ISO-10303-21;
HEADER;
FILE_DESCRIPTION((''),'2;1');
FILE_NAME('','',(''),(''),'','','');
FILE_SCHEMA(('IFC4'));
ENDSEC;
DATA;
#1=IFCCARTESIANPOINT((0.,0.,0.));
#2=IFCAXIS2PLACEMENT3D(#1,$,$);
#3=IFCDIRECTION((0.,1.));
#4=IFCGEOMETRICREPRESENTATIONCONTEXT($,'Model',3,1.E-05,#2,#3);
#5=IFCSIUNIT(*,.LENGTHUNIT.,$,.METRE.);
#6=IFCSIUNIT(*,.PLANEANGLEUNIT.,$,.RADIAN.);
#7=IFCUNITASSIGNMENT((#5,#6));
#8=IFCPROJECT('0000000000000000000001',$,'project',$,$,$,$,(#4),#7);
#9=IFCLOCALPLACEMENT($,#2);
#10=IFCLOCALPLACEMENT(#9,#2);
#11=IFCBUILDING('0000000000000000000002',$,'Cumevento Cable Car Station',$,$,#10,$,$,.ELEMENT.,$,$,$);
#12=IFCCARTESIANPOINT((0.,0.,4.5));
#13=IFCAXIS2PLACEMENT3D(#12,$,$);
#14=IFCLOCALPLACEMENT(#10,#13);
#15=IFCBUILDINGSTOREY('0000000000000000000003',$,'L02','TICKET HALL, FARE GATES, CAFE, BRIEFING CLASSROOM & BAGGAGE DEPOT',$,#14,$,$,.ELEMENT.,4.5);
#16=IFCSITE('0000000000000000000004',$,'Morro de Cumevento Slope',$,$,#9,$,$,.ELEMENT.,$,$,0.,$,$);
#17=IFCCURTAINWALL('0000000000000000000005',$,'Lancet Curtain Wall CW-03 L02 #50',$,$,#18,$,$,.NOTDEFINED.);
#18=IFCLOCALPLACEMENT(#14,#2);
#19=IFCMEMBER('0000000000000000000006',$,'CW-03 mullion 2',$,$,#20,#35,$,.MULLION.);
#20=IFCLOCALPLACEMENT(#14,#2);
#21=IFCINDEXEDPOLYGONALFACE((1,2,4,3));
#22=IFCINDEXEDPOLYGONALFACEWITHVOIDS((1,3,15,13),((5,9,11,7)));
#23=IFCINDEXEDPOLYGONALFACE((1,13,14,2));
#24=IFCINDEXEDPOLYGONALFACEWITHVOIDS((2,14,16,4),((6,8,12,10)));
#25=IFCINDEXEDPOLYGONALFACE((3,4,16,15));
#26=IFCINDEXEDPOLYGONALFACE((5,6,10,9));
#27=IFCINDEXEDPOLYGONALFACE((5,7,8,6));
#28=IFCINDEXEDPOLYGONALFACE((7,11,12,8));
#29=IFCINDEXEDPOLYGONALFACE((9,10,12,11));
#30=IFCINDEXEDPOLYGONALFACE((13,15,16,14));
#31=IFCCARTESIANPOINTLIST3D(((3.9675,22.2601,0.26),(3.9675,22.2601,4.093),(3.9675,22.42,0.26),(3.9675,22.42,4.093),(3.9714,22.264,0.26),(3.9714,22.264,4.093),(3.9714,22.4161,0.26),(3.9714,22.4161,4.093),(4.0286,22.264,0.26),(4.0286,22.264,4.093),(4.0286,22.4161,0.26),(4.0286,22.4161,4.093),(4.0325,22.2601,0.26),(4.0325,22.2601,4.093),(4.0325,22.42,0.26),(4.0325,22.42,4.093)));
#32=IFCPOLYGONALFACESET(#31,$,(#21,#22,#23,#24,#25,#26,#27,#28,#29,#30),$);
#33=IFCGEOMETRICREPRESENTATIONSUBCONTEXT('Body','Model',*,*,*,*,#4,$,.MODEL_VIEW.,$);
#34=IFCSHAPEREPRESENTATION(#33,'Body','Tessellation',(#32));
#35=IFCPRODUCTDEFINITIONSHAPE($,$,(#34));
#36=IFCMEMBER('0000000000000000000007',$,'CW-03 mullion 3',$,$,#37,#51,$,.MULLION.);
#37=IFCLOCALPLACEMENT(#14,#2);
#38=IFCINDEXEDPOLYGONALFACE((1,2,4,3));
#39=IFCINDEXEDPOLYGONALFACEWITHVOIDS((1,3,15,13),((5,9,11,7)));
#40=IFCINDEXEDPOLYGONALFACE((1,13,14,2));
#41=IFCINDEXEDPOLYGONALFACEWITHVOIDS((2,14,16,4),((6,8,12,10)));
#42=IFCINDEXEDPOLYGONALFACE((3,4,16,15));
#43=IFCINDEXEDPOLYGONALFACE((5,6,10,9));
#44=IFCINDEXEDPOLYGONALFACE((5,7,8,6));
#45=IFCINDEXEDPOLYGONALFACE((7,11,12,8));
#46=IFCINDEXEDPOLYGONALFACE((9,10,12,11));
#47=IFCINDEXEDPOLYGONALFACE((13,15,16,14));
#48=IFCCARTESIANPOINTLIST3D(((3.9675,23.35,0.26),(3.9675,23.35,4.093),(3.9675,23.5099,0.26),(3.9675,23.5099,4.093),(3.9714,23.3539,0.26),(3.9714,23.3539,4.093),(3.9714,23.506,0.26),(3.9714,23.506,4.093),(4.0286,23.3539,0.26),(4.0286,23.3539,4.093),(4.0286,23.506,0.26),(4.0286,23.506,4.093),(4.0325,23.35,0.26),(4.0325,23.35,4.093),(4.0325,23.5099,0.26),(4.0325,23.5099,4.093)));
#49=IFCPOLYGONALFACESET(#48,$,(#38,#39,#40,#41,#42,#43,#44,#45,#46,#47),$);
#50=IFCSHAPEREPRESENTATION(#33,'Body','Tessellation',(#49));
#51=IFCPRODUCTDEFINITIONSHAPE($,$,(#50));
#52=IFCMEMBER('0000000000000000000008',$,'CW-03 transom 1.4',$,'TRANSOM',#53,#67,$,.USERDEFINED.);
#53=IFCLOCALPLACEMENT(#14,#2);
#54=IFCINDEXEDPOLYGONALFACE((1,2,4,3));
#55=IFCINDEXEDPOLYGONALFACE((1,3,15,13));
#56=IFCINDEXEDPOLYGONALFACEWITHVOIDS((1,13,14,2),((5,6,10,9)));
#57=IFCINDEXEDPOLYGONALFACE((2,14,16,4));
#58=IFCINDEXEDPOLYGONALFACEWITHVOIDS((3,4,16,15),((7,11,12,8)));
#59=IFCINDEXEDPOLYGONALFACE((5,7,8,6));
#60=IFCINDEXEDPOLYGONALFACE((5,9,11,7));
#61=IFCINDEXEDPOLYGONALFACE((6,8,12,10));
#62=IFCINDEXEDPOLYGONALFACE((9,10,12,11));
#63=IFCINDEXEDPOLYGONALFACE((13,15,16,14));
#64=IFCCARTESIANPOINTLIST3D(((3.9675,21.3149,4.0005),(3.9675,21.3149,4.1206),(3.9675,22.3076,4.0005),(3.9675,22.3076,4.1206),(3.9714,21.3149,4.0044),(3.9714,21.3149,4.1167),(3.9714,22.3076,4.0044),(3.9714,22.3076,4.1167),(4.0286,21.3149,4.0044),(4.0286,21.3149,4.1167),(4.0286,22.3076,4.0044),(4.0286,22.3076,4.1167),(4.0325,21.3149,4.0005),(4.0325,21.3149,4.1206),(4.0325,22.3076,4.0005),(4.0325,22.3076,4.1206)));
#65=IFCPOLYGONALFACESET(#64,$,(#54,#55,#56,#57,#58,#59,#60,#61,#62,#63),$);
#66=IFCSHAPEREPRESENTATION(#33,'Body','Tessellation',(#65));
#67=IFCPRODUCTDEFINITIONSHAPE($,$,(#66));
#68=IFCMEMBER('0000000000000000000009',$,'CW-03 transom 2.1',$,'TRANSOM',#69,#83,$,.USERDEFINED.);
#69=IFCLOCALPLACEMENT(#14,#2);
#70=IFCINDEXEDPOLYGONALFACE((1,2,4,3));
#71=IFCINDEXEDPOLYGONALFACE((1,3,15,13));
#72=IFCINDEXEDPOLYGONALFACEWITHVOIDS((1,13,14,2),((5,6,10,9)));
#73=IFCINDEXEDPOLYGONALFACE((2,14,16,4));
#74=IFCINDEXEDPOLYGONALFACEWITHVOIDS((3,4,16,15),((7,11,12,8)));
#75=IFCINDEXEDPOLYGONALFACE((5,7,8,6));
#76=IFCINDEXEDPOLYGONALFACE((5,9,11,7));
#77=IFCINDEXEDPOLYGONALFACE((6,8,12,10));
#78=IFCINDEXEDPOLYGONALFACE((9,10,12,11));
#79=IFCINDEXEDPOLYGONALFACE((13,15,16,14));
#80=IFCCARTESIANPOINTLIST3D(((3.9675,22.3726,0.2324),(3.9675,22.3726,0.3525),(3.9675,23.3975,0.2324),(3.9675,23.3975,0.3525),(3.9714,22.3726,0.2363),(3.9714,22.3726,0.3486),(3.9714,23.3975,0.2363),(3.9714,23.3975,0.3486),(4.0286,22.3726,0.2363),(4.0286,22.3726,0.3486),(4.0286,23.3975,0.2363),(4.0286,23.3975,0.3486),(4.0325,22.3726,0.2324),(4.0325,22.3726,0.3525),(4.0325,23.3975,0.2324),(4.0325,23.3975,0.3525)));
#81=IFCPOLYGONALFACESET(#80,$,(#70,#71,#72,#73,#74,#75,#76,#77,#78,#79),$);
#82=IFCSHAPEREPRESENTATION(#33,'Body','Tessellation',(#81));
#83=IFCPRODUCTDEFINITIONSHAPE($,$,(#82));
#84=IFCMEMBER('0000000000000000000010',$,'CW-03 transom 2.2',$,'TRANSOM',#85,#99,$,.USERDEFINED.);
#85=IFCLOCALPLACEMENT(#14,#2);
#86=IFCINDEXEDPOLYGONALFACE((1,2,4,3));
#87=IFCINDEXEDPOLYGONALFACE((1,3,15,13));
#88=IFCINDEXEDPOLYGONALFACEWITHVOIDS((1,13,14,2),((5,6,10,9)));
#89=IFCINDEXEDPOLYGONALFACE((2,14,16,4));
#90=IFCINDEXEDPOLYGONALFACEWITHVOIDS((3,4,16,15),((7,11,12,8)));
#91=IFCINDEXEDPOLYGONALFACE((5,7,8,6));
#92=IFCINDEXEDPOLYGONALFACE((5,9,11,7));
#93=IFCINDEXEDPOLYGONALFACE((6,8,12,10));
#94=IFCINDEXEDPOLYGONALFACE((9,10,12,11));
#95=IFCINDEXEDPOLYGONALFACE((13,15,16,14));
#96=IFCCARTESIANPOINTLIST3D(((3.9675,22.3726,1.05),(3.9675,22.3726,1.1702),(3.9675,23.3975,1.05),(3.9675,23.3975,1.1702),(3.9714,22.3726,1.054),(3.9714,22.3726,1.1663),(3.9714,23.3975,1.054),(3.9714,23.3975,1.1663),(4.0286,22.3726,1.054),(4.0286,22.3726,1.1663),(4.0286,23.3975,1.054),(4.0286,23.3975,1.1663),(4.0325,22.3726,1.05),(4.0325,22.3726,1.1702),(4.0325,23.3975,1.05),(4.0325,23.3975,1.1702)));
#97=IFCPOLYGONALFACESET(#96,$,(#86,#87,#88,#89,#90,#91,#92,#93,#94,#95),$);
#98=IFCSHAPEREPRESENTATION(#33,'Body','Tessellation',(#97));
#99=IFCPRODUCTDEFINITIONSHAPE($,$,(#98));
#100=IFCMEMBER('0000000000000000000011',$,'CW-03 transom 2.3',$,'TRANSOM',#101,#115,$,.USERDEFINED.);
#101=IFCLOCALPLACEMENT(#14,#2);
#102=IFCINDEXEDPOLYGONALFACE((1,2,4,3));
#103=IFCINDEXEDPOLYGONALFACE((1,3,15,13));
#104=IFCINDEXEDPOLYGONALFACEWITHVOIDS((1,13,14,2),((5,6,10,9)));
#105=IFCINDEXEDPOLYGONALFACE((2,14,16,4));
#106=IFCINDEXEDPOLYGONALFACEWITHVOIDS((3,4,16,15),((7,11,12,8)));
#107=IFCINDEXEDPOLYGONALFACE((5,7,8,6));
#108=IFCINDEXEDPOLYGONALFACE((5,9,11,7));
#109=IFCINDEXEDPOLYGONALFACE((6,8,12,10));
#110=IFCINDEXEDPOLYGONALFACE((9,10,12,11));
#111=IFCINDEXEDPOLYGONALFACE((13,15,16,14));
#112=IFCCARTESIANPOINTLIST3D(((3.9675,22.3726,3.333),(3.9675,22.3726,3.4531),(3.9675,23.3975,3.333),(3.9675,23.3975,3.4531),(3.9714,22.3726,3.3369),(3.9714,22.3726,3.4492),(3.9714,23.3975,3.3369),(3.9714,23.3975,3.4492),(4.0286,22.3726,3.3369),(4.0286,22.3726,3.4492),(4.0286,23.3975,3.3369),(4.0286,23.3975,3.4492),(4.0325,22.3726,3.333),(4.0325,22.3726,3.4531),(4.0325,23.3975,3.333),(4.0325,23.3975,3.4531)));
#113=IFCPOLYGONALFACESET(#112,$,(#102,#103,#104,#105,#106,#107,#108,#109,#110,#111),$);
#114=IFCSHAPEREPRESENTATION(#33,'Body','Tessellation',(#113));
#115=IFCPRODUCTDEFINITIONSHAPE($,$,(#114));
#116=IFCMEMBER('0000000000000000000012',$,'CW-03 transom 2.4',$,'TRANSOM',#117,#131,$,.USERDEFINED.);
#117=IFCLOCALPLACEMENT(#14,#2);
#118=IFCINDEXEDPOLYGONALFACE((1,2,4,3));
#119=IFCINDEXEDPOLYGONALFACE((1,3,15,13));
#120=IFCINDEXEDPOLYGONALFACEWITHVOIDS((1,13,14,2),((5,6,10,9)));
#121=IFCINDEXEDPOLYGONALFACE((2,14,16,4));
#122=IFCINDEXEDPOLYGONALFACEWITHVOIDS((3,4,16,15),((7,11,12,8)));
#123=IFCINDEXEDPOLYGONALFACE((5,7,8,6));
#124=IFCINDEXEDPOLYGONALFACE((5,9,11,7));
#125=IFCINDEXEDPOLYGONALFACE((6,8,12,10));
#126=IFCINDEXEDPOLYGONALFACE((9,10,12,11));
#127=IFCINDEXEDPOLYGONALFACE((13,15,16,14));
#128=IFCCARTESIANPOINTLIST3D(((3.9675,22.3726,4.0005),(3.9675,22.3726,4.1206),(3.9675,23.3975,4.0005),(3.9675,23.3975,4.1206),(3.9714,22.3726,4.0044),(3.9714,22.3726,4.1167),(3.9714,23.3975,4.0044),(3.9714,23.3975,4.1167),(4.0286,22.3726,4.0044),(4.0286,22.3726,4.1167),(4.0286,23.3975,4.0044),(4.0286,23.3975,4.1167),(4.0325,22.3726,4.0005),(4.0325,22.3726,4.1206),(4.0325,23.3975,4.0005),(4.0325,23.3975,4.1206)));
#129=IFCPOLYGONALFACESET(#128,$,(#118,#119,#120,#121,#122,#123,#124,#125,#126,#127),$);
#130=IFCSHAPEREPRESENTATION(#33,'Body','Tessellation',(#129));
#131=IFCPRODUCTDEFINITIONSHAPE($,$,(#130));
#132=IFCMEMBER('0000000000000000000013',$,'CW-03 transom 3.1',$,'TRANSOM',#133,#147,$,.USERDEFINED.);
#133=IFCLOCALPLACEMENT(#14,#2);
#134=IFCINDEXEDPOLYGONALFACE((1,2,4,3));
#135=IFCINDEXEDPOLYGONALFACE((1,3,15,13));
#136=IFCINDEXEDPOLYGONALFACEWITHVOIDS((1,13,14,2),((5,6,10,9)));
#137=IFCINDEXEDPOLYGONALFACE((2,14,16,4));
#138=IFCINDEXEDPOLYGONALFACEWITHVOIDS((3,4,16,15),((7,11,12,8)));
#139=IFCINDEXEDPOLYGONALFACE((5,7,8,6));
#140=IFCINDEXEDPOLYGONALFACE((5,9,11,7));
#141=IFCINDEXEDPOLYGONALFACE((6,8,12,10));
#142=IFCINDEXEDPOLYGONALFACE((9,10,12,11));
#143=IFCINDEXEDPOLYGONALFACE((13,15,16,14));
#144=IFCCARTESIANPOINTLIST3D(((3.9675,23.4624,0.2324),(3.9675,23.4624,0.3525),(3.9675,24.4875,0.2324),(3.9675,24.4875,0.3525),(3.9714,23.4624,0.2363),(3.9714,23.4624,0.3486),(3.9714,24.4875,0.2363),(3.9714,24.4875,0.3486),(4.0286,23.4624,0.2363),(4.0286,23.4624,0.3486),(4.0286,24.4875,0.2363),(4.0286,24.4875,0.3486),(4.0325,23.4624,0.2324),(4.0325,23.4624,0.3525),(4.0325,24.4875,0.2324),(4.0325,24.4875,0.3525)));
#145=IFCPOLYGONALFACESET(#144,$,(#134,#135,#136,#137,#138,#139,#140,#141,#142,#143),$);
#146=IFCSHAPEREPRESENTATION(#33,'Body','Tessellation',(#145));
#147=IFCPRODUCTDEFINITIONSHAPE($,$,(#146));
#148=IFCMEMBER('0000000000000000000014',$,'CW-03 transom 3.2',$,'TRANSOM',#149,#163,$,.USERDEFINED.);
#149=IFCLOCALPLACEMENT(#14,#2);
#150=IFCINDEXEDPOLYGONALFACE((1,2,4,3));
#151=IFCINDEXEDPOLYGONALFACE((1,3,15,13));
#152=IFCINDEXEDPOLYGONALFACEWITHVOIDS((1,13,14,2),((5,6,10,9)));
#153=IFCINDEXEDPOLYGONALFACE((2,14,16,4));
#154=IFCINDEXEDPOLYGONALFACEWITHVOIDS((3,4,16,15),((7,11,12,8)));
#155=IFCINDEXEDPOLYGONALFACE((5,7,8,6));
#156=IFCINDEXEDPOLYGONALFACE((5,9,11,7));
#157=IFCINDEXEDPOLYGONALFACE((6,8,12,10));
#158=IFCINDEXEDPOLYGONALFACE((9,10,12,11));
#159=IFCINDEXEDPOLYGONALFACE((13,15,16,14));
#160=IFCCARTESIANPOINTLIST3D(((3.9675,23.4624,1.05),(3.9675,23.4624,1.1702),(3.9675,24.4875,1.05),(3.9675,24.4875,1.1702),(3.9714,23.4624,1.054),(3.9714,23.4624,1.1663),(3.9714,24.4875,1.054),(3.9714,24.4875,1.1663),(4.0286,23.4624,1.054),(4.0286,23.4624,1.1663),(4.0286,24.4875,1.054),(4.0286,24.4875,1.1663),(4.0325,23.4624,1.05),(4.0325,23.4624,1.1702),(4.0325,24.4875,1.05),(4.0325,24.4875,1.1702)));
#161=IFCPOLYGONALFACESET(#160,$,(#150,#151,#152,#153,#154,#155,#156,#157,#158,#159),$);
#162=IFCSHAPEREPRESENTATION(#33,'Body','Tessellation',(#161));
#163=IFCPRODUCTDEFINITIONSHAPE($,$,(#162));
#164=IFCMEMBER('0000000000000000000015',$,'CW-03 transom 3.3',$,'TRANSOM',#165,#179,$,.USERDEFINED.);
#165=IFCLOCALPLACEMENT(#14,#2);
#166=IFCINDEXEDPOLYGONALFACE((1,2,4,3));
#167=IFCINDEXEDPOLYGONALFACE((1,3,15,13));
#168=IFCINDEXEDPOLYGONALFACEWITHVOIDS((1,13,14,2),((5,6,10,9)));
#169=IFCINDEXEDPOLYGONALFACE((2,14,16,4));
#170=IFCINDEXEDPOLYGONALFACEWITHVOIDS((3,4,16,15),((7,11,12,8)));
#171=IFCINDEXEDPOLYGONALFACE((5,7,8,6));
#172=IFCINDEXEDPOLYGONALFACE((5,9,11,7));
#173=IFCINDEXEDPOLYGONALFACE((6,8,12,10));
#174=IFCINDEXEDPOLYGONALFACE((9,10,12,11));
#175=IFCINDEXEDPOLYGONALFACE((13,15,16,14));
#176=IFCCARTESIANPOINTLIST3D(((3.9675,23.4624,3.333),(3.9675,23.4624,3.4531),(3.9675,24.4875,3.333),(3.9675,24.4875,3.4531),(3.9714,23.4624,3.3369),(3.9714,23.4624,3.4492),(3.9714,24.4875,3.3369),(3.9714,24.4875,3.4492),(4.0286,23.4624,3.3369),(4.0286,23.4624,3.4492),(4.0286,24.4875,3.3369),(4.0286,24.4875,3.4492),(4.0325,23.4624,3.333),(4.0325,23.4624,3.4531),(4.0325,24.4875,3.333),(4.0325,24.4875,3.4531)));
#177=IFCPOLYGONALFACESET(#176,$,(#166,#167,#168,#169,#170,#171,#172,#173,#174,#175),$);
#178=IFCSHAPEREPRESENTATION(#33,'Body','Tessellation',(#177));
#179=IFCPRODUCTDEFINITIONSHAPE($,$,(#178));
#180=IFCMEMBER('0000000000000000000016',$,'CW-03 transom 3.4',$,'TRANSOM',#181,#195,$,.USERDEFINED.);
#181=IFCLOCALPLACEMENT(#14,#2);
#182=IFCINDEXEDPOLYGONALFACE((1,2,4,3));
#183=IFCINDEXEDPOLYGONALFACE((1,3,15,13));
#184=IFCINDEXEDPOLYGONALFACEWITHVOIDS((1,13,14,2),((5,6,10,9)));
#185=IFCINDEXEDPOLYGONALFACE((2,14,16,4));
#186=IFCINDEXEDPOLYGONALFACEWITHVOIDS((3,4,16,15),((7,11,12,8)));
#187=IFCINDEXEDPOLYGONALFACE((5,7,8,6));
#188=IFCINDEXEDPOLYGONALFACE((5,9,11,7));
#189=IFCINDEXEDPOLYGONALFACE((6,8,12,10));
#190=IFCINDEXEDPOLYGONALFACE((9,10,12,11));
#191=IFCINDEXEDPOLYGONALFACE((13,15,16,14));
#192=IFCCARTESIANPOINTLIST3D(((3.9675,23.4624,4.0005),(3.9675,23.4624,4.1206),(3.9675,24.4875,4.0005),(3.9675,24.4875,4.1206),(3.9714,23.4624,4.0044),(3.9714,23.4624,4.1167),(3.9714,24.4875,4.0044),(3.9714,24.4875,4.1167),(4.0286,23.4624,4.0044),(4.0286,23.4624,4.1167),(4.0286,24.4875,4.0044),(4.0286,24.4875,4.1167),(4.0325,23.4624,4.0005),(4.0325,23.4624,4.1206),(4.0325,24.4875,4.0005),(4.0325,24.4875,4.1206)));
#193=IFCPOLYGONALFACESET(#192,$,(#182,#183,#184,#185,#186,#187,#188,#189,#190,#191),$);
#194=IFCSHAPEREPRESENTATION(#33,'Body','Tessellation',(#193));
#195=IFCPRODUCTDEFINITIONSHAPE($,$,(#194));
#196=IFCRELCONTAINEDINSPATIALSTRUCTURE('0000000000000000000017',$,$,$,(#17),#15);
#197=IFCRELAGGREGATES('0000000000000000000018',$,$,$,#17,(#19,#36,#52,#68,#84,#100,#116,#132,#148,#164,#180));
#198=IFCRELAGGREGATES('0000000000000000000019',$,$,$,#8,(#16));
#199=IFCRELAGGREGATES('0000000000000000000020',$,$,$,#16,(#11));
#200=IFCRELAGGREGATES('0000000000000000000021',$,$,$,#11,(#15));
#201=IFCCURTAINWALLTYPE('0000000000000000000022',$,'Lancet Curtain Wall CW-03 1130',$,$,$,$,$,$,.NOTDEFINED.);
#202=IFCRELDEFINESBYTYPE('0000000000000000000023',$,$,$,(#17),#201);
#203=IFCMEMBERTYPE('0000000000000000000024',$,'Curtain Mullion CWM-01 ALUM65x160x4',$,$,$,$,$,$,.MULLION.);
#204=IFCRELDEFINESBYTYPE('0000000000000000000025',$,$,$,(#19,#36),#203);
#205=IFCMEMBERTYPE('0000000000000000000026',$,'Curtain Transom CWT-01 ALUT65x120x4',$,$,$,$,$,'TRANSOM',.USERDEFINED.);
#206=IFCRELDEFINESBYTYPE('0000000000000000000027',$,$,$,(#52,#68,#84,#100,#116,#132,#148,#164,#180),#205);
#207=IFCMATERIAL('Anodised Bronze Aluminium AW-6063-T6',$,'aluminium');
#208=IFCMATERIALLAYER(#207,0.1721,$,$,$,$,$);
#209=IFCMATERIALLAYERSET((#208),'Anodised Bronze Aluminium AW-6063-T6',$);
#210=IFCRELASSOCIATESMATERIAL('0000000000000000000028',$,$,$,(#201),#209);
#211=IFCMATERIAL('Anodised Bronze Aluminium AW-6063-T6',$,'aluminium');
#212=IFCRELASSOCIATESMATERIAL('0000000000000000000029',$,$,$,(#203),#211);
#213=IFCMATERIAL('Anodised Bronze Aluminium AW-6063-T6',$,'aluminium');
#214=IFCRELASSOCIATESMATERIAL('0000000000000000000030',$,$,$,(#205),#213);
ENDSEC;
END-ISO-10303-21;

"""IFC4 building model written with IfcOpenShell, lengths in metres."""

from ifc_helpers import new_model, si_unit, direction, frame, origin, origin_2d, place, context, subcontext, project, spatial, hollow_rectangle, extrude, material, layer, layer_set, material_profile, profile_set, type_object, element, aggregate, save


model = new_model("IFC4")

# Units and contexts
model_context = context("Model", 3, precision=1e-05, world=origin(), true_north=direction((0.0, 1.0)))
body_context = subcontext(model_context, "Body", "Model", "MODEL_VIEW")
ifc_project = project(units=[si_unit("LENGTHUNIT", "METRE"), si_unit("PLANEANGLEUNIT", "RADIAN")], contexts=[model_context])

# Site, building, storey
site_placement = place(None, origin())
site = spatial("IfcSite", under=ifc_project, at=site_placement, Name="Morro de Cumevento Slope", CompositionType="ELEMENT", RefElevation=0.0)
building_placement = place(site_placement, origin())
building = spatial("IfcBuilding", under=site, at=building_placement, Name="Cumevento Cable Car Station", CompositionType="ELEMENT")
storey_placement = place(building_placement, frame((0.0, 0.0, 4.5)))
storey = spatial("IfcBuildingStorey", under=building, at=storey_placement, Name="L02", Description="TICKET HALL, FARE GATES, CAFE, BRIEFING CLASSROOM & BAGGAGE DEPOT", CompositionType="ELEMENT", Elevation=4.5)

# Curtain wall, members
ifc_material_1 = material(Name="Anodised Bronze Aluminium AW-6063-T6", Category="aluminium")
ifc_layer_1 = layer(ifc_material_1, 0.1721)
ifc_layer_set_1 = layer_set([ifc_layer_1], Name="Anodised Bronze Aluminium AW-6063-T6")
curtain_wall_type = type_object("IfcCurtainWallType", Name="Lancet Curtain Wall CW-03 1130", PredefinedType="NOTDEFINED", material=ifc_layer_set_1)
curtain_wall_placement = place(storey_placement, origin())
curtain_wall = element("IfcCurtainWall", 1, at=curtain_wall_placement, inside=storey, type_object=curtain_wall_type, Name="Lancet Curtain Wall CW-03 L02 #50", PredefinedType="NOTDEFINED")
ifc_material_2 = material(Name="Anodised Bronze Aluminium AW-6063-T6", Category="aluminium")
ifc_material_profile_1 = material_profile(ifc_material_2, hollow_rectangle(XDim=0.0649, YDim=0.1599, WallThickness=0.0039, at=origin_2d()), Name="ALUM65x160x4")
ifc_profile_set_1 = profile_set([ifc_material_profile_1], Name="Anodised Bronze Aluminium AW-6063-T6")
member_type_1 = type_object("IfcMemberType", Name="Curtain Mullion CWM-01 ALUM65x160x4", PredefinedType="MULLION", material=ifc_profile_set_1)
member_1_placement = place(storey_placement, frame((4.0, 22.3401, 0.26), z_axis=(0.0, 0.0, 1.0), x_axis=(-1.0, 0.0, 0.0)))
member_1 = element("IfcMember", 2, at=member_1_placement, type_object=member_type_1, Name="CW-03 mullion 2", PredefinedType="MULLION", context=body_context, shape_type="SweptSolid", body=[
    extrude(hollow_rectangle(XDim=0.0649, YDim=0.1599, WallThickness=0.0039, at=origin_2d()), origin(), (0.0, 0.0, 1.0), 3.833),
])
member_2_placement = place(storey_placement, frame((4.0, 23.4299, 0.26), z_axis=(0.0, 0.0, 1.0), x_axis=(-1.0, 0.0, 0.0)))
member_2 = element("IfcMember", 3, at=member_2_placement, type_object=member_type_1, Name="CW-03 mullion 3", PredefinedType="MULLION", context=body_context, shape_type="SweptSolid", body=[
    extrude(hollow_rectangle(XDim=0.0649, YDim=0.1599, WallThickness=0.0039, at=origin_2d()), origin(), (0.0, 0.0, 1.0), 3.833),
])
ifc_material_3 = material(Name="Anodised Bronze Aluminium AW-6063-T6", Category="aluminium")
ifc_material_profile_2 = material_profile(ifc_material_3, hollow_rectangle(XDim=0.0649, YDim=0.1201, WallThickness=0.0039, at=origin_2d()), Name="ALUT65x120x4")
ifc_profile_set_2 = profile_set([ifc_material_profile_2], Name="Anodised Bronze Aluminium AW-6063-T6")
member_type_2 = type_object("IfcMemberType", Name="Curtain Transom CWT-01 ALUT65x120x4", ElementType="TRANSOM", PredefinedType="USERDEFINED", material=ifc_profile_set_2)
member_3_placement = place(storey_placement, frame((4.0, 21.3149, 4.0605), z_axis=(0.0, 1.0, 0.0), x_axis=(-1.0, 0.0, 0.0)))
member_3 = element("IfcMember", 4, at=member_3_placement, type_object=member_type_2, Name="CW-03 transom 1.4", ObjectType="TRANSOM", PredefinedType="USERDEFINED", context=body_context, shape_type="SweptSolid", body=[
    extrude(hollow_rectangle(XDim=0.0649, YDim=0.1201, WallThickness=0.0039, at=origin_2d()), origin(), (0.0, 0.0, 1.0), 0.9927),
])
member_4_placement = place(storey_placement, frame((4.0, 22.3726, 0.2925), z_axis=(0.0, 1.0, 0.0), x_axis=(-1.0, 0.0, 0.0)))
member_4 = element("IfcMember", 5, at=member_4_placement, type_object=member_type_2, Name="CW-03 transom 2.1", ObjectType="TRANSOM", PredefinedType="USERDEFINED", context=body_context, shape_type="SweptSolid", body=[
    extrude(hollow_rectangle(XDim=0.0649, YDim=0.1201, WallThickness=0.0039, at=origin_2d()), origin(), (0.0, 0.0, 1.0), 1.0249),
])
member_5_placement = place(storey_placement, frame((4.0, 22.3726, 1.1101), z_axis=(0.0, 1.0, 0.0), x_axis=(-1.0, 0.0, 0.0)))
member_5 = element("IfcMember", 6, at=member_5_placement, type_object=member_type_2, Name="CW-03 transom 2.2", ObjectType="TRANSOM", PredefinedType="USERDEFINED", context=body_context, shape_type="SweptSolid", body=[
    extrude(hollow_rectangle(XDim=0.0649, YDim=0.1201, WallThickness=0.0039, at=origin_2d()), origin(), (0.0, 0.0, 1.0), 1.0249),
])
member_6_placement = place(storey_placement, frame((4.0, 22.3726, 3.3931), z_axis=(0.0, 1.0, 0.0), x_axis=(-1.0, 0.0, 0.0)))
member_6 = element("IfcMember", 7, at=member_6_placement, type_object=member_type_2, Name="CW-03 transom 2.3", ObjectType="TRANSOM", PredefinedType="USERDEFINED", context=body_context, shape_type="SweptSolid", body=[
    extrude(hollow_rectangle(XDim=0.0649, YDim=0.1201, WallThickness=0.0039, at=origin_2d()), origin(), (0.0, 0.0, 1.0), 1.0249),
])
member_7_placement = place(storey_placement, frame((4.0, 22.3726, 4.0605), z_axis=(0.0, 1.0, 0.0), x_axis=(-1.0, 0.0, 0.0)))
member_7 = element("IfcMember", 8, at=member_7_placement, type_object=member_type_2, Name="CW-03 transom 2.4", ObjectType="TRANSOM", PredefinedType="USERDEFINED", context=body_context, shape_type="SweptSolid", body=[
    extrude(hollow_rectangle(XDim=0.0649, YDim=0.1201, WallThickness=0.0039, at=origin_2d()), origin(), (0.0, 0.0, 1.0), 1.0249),
])
member_8_placement = place(storey_placement, frame((4.0, 23.4624, 0.2925), z_axis=(0.0, 1.0, 0.0), x_axis=(-1.0, 0.0, 0.0)))
member_8 = element("IfcMember", 9, at=member_8_placement, type_object=member_type_2, Name="CW-03 transom 3.1", ObjectType="TRANSOM", PredefinedType="USERDEFINED", context=body_context, shape_type="SweptSolid", body=[
    extrude(hollow_rectangle(XDim=0.0649, YDim=0.1201, WallThickness=0.0039, at=origin_2d()), origin(), (0.0, 0.0, 1.0), 1.0251),
])
member_9_placement = place(storey_placement, frame((4.0, 23.4624, 1.1101), z_axis=(0.0, 1.0, 0.0), x_axis=(-1.0, 0.0, 0.0)))
member_9 = element("IfcMember", 10, at=member_9_placement, type_object=member_type_2, Name="CW-03 transom 3.2", ObjectType="TRANSOM", PredefinedType="USERDEFINED", context=body_context, shape_type="SweptSolid", body=[
    extrude(hollow_rectangle(XDim=0.0649, YDim=0.1201, WallThickness=0.0039, at=origin_2d()), origin(), (0.0, 0.0, 1.0), 1.0251),
])
member_10_placement = place(storey_placement, frame((4.0, 23.4624, 3.3931), z_axis=(0.0, 1.0, 0.0), x_axis=(-1.0, 0.0, 0.0)))
member_10 = element("IfcMember", 11, at=member_10_placement, type_object=member_type_2, Name="CW-03 transom 3.3", ObjectType="TRANSOM", PredefinedType="USERDEFINED", context=body_context, shape_type="SweptSolid", body=[
    extrude(hollow_rectangle(XDim=0.0649, YDim=0.1201, WallThickness=0.0039, at=origin_2d()), origin(), (0.0, 0.0, 1.0), 1.0251),
])
member_11_placement = place(storey_placement, frame((4.0, 23.4624, 4.0605), z_axis=(0.0, 1.0, 0.0), x_axis=(-1.0, 0.0, 0.0)))
member_11 = element("IfcMember", 12, at=member_11_placement, type_object=member_type_2, Name="CW-03 transom 3.4", ObjectType="TRANSOM", PredefinedType="USERDEFINED", context=body_context, shape_type="SweptSolid", body=[
    extrude(hollow_rectangle(XDim=0.0649, YDim=0.1201, WallThickness=0.0039, at=origin_2d()), origin(), (0.0, 0.0, 1.0), 1.0251),
])

aggregate(curtain_wall, [member_1, member_2, member_3, member_4, member_5, member_6, member_7, member_8, member_9, member_10, member_11])

save(model, "model.ifc")
